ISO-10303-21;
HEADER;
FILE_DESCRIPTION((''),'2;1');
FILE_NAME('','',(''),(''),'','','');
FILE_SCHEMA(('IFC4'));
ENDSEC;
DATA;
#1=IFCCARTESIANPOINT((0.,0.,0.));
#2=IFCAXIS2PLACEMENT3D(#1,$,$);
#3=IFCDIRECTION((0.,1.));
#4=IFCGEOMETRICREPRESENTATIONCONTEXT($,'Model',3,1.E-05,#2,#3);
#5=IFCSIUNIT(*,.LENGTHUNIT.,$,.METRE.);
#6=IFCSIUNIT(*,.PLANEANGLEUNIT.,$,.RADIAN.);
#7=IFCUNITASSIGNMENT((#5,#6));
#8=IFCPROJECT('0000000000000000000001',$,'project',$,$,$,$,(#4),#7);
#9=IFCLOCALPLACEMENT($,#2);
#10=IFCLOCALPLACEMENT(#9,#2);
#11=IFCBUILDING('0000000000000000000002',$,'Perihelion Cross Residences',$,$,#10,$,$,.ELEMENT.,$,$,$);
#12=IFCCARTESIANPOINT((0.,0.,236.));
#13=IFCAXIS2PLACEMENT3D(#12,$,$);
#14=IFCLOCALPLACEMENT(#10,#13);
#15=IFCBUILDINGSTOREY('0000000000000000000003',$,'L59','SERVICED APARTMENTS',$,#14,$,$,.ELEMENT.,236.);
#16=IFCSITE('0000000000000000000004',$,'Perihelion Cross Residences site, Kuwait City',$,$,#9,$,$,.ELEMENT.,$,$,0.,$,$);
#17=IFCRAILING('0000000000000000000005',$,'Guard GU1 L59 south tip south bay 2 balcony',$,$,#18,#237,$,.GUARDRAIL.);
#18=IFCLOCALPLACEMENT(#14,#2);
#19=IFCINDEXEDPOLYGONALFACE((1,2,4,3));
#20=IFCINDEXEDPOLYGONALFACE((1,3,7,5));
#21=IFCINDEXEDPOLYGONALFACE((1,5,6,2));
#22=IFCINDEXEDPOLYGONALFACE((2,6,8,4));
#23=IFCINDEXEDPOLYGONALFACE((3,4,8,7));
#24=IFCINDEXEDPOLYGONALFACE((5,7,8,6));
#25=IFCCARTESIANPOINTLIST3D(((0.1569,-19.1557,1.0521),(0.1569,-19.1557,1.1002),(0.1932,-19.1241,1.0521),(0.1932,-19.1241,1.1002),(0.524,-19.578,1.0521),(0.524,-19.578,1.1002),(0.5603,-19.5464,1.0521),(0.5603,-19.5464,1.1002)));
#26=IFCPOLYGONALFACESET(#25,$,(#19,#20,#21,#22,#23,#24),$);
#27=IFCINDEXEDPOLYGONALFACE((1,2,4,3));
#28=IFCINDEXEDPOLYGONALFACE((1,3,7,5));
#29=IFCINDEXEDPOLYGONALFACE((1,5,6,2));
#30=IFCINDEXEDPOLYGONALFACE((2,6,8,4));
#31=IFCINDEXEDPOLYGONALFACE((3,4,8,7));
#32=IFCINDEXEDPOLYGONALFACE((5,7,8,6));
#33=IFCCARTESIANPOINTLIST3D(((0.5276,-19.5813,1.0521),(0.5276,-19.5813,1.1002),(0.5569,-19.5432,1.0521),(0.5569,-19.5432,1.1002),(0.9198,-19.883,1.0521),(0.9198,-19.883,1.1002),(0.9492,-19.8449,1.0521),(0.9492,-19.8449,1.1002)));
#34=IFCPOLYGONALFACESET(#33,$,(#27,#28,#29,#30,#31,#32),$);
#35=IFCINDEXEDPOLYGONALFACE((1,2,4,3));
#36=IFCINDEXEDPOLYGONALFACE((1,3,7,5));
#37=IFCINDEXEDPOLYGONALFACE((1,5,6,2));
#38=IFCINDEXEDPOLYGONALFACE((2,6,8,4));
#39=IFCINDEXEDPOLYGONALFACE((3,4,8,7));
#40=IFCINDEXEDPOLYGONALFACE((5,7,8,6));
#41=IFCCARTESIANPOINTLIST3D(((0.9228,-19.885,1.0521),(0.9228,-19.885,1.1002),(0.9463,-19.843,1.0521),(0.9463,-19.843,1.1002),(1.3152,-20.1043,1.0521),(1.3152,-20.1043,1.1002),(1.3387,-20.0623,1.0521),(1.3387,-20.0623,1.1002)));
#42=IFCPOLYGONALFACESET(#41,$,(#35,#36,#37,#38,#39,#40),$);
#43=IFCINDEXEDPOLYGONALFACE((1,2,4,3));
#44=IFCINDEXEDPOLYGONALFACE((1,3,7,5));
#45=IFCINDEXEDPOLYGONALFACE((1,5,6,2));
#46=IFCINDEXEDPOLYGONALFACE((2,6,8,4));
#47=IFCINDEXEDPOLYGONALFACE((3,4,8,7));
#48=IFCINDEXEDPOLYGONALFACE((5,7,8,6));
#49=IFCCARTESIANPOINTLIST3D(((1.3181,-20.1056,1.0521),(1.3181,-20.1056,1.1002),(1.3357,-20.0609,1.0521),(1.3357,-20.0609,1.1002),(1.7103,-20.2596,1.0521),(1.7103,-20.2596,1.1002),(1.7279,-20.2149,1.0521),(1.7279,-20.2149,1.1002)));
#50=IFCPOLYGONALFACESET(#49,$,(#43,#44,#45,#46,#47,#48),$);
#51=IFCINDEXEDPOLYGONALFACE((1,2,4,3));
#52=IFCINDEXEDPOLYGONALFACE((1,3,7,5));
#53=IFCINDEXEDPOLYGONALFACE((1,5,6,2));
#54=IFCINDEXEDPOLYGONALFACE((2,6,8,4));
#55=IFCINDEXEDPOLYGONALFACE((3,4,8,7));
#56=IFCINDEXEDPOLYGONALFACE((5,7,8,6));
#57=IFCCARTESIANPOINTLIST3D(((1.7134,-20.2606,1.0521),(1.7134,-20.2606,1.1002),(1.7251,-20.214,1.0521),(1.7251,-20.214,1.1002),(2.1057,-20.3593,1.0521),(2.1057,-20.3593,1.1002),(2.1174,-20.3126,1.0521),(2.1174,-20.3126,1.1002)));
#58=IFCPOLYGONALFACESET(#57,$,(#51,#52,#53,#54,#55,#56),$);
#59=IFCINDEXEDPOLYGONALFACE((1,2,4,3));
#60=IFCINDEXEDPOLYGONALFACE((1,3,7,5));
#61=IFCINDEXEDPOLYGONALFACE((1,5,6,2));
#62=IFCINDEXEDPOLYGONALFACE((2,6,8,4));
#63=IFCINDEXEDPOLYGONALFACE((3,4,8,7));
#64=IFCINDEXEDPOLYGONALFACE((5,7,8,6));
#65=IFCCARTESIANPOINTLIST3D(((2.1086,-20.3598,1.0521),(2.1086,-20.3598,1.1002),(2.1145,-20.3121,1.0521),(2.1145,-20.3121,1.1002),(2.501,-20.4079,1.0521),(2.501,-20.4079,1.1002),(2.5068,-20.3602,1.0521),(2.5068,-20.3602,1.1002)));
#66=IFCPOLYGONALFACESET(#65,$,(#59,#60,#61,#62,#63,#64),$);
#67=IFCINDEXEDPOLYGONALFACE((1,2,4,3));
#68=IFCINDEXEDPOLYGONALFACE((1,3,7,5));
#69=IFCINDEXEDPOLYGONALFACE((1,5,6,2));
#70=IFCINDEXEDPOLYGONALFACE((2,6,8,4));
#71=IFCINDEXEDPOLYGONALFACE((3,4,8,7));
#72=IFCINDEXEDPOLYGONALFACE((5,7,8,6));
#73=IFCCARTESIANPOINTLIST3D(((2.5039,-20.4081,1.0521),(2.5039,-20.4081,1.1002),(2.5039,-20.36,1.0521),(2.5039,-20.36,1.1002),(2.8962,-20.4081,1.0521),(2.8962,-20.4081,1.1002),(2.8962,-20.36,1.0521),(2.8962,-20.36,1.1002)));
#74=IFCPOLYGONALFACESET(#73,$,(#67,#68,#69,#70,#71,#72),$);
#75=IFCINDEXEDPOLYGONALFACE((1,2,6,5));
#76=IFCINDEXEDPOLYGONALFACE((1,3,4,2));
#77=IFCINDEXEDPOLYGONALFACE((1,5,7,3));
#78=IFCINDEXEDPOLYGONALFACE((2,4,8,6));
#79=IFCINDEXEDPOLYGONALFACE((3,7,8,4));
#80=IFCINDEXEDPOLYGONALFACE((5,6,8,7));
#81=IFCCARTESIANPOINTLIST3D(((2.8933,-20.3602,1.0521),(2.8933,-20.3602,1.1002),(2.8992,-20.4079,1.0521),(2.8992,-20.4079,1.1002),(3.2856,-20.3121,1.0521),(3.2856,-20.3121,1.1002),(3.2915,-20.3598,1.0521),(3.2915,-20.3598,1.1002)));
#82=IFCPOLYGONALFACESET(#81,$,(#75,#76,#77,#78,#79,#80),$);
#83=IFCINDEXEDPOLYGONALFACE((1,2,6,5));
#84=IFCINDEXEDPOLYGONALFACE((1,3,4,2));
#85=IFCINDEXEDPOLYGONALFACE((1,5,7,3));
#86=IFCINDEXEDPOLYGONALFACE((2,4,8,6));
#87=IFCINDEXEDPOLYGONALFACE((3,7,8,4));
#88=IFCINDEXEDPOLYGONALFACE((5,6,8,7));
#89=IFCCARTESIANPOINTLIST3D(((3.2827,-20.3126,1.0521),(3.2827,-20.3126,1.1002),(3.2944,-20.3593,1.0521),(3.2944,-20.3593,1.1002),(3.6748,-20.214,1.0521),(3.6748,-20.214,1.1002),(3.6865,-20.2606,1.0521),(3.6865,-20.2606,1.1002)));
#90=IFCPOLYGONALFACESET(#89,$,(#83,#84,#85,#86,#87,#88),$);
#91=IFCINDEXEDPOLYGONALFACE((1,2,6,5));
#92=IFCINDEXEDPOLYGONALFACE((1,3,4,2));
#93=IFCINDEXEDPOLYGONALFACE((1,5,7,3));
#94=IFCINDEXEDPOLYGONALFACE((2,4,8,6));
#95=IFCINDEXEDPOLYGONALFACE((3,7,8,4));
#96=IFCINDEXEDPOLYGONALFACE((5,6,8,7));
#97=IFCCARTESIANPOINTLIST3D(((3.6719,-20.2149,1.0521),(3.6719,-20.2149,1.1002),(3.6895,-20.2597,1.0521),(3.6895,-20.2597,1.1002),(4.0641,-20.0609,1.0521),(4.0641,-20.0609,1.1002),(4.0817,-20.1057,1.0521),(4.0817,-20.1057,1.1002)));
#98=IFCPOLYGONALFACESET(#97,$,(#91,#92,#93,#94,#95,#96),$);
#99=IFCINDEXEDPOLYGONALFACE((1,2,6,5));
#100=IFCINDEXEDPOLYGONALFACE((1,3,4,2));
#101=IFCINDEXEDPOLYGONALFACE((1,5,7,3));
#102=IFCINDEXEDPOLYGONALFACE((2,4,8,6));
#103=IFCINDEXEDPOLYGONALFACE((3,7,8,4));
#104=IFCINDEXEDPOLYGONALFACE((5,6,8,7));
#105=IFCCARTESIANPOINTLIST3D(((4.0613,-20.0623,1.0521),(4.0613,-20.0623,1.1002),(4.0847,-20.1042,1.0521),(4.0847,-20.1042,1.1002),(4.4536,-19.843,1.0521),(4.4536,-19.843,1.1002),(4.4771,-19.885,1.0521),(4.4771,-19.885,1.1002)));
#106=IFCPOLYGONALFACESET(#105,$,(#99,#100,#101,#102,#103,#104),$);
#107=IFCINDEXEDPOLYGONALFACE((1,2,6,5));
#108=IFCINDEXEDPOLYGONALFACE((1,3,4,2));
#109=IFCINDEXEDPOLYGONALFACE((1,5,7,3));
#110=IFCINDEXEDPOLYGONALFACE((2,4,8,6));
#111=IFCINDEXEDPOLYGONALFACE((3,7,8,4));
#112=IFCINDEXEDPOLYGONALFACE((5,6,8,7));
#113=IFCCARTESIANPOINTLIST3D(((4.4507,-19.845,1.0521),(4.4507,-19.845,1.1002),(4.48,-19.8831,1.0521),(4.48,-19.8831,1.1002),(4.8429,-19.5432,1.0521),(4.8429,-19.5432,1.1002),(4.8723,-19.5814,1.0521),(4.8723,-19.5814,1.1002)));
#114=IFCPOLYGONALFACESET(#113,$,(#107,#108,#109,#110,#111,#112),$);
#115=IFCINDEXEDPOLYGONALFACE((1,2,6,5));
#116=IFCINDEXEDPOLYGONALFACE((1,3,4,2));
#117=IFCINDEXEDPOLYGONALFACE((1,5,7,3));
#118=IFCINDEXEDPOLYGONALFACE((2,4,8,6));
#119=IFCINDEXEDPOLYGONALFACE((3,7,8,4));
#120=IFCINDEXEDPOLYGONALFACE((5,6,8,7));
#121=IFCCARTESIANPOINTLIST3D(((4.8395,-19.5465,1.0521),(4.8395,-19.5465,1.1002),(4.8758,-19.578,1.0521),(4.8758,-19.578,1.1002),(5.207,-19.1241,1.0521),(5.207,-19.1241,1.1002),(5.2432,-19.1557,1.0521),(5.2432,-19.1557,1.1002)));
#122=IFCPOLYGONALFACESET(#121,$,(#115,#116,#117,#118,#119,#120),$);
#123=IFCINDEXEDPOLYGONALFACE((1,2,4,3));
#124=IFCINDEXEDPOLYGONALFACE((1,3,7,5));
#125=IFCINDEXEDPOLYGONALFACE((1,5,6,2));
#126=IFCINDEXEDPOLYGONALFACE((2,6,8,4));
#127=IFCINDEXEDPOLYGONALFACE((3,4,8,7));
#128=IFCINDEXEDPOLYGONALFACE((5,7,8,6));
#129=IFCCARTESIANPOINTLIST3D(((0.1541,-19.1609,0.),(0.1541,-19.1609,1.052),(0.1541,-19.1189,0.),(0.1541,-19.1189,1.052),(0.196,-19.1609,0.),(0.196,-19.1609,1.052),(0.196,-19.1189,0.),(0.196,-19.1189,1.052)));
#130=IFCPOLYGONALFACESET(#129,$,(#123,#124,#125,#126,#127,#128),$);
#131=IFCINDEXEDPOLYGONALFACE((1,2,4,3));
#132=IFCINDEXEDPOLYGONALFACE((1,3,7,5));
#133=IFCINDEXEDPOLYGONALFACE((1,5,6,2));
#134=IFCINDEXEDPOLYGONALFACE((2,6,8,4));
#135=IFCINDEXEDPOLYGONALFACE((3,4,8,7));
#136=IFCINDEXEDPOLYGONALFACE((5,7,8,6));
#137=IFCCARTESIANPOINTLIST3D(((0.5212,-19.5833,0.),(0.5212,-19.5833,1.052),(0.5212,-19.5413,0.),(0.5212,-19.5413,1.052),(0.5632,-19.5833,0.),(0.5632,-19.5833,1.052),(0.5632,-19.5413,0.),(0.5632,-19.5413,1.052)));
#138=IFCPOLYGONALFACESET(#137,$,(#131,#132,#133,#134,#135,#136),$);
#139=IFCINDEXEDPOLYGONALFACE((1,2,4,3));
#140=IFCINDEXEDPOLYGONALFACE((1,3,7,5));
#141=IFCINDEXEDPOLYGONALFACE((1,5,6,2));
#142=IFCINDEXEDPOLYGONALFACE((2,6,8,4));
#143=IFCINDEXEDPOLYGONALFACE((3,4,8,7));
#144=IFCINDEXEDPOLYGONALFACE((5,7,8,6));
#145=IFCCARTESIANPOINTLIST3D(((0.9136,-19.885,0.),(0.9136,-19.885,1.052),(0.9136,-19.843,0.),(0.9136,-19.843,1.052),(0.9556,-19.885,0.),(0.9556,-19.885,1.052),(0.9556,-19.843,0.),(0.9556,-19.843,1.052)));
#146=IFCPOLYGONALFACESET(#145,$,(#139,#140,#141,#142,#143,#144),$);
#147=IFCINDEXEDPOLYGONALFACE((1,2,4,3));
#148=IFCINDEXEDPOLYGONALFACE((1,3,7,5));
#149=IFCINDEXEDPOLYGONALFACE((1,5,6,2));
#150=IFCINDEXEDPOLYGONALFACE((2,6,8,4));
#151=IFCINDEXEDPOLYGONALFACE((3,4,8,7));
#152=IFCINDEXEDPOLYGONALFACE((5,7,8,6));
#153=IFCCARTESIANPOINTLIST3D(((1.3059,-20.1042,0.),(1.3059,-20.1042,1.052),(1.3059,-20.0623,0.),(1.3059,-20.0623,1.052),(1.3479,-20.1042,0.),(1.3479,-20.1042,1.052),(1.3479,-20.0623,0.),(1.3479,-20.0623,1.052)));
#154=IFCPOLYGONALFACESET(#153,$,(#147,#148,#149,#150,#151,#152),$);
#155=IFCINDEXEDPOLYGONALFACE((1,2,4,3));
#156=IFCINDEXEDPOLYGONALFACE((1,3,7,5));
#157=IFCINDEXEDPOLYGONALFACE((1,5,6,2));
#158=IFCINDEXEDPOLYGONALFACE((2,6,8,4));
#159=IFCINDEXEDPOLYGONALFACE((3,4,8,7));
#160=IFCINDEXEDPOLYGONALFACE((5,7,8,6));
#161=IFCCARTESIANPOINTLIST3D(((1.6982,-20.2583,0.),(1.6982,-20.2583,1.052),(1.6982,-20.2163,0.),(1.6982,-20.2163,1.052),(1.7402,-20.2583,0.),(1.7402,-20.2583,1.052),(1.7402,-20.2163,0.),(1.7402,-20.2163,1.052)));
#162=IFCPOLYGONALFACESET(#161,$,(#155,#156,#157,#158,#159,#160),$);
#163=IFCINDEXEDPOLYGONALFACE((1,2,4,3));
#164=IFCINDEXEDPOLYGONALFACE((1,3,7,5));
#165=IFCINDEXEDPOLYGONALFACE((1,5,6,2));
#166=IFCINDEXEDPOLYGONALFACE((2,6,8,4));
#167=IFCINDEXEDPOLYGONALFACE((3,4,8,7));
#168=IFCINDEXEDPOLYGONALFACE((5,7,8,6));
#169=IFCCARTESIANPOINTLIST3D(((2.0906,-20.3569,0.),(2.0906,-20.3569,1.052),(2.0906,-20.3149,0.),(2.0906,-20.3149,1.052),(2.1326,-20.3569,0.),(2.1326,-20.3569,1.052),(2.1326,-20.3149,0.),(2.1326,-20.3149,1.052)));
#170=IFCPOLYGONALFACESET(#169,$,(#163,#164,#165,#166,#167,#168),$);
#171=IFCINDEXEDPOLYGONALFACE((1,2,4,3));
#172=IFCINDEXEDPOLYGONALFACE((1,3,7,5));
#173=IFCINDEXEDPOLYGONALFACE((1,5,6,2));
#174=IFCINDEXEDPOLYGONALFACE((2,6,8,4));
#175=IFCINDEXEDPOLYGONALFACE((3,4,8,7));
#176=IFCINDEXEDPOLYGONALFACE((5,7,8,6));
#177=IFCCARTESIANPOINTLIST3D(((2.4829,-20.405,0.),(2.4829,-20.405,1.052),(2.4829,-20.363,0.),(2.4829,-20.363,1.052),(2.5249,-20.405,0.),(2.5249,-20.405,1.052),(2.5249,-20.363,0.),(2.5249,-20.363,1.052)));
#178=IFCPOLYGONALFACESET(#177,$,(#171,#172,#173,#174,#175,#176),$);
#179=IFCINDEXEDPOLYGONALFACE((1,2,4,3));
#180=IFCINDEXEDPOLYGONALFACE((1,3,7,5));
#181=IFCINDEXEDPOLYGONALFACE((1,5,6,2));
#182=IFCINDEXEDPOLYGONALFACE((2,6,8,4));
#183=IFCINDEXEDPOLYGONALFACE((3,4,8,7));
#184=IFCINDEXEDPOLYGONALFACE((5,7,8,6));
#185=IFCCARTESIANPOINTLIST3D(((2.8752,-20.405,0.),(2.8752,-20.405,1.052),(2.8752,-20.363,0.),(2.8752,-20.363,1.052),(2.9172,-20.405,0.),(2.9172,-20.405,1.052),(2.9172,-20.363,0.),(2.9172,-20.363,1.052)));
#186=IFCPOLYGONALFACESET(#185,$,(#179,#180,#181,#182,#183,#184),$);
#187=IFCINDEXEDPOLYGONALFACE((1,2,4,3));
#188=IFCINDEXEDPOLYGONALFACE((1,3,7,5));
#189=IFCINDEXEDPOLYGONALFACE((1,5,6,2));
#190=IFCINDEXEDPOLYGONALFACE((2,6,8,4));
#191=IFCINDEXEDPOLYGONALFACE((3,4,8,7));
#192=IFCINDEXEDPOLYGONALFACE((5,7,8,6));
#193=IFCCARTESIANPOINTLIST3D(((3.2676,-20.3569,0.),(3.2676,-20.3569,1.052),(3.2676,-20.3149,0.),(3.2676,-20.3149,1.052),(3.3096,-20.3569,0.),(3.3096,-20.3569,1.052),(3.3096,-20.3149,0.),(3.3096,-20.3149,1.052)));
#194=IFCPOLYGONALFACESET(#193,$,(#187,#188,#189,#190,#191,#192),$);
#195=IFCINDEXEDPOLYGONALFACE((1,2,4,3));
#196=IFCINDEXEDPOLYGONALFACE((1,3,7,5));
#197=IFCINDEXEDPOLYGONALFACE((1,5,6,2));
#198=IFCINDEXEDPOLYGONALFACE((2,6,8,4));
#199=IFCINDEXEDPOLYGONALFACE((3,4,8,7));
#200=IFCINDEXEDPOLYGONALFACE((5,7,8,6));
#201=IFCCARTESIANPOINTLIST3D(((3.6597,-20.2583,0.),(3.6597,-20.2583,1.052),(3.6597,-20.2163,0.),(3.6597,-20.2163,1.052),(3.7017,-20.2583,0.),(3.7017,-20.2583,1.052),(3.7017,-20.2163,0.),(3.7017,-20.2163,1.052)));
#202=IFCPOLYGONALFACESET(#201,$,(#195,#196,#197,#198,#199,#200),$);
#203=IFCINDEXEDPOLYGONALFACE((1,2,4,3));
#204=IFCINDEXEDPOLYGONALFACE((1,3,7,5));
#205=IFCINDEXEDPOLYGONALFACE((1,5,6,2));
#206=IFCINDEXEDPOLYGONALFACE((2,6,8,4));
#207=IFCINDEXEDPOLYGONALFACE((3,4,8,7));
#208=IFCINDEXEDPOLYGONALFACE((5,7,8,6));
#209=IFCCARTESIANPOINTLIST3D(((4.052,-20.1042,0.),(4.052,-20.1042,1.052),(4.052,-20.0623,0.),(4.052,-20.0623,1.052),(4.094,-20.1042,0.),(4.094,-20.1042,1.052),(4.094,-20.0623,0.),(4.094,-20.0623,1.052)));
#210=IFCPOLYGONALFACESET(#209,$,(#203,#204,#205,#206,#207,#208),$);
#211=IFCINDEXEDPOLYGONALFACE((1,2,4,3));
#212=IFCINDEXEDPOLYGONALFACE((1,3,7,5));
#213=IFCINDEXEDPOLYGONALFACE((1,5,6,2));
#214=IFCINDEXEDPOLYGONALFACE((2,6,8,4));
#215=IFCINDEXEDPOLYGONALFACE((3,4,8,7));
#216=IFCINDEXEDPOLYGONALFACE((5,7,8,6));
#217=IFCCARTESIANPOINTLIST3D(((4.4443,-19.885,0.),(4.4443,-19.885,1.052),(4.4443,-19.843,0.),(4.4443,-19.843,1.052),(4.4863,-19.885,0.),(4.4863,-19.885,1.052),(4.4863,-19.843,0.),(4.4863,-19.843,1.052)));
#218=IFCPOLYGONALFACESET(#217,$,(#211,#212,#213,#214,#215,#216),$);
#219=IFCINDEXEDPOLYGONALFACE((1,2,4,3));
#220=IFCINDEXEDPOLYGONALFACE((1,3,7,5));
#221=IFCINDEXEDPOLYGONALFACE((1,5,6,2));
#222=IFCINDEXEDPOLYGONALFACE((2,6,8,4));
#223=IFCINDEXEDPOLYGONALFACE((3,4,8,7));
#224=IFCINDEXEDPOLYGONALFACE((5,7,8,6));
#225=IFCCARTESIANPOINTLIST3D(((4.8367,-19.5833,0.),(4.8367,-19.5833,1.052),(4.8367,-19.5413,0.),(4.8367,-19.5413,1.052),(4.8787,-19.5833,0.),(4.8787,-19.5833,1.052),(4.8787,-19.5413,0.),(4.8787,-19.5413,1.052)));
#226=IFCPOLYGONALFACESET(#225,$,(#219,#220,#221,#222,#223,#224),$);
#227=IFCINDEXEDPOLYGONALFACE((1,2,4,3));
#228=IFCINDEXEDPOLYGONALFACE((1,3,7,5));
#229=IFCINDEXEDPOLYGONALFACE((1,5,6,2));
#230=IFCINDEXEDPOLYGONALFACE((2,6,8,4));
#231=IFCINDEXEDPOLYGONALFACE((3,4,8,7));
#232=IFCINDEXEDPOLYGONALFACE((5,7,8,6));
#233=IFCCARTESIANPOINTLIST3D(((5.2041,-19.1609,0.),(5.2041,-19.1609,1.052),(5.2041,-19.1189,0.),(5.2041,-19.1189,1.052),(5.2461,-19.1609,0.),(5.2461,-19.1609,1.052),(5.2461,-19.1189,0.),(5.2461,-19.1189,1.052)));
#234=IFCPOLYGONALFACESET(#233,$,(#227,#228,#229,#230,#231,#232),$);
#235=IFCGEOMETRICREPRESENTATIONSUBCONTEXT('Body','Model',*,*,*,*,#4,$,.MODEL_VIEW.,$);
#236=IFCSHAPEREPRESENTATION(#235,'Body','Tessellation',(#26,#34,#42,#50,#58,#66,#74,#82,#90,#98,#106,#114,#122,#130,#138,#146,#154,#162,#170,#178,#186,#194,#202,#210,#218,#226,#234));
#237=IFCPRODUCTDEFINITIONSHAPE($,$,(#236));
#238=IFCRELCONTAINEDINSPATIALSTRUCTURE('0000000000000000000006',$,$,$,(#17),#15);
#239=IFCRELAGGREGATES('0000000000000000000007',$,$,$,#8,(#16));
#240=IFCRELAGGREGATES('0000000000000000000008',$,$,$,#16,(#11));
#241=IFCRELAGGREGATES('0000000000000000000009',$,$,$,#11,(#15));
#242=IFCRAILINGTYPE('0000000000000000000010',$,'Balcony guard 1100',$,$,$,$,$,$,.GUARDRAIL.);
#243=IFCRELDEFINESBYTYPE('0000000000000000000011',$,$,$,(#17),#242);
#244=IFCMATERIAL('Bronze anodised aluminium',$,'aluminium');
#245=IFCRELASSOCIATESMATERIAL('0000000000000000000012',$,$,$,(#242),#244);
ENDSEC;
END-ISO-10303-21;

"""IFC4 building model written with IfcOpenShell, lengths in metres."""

from ifc_helpers import new_model, si_unit, direction, frame, origin, origin_2d, place, context, subcontext, project, spatial, rectangle, extrude, material, type_object, element, save


model = new_model("IFC4")

# Units and contexts
model_context = context("Model", 3, precision=1e-05, world=origin(), true_north=direction((0.0, 1.0)))
body_context = subcontext(model_context, "Body", "Model", "MODEL_VIEW")
ifc_project = project(units=[si_unit("LENGTHUNIT", "METRE"), si_unit("PLANEANGLEUNIT", "RADIAN")], contexts=[model_context])

# Site, building, storey
site_placement = place(None, origin())
site = spatial("IfcSite", under=ifc_project, at=site_placement, Name="Perihelion Cross Residences site, Kuwait City", CompositionType="ELEMENT", RefElevation=0.0)
building_placement = place(site_placement, origin())
building = spatial("IfcBuilding", under=site, at=building_placement, Name="Perihelion Cross Residences", CompositionType="ELEMENT")
storey_placement = place(building_placement, frame((0.0, 0.0, 236.0)))
storey = spatial("IfcBuildingStorey", under=building, at=storey_placement, Name="L59", Description="SERVICED APARTMENTS", CompositionType="ELEMENT", Elevation=236.0)

# Railing
ifc_material_1 = material(Name="Bronze anodised aluminium", Category="aluminium")
railing_type = type_object("IfcRailingType", Name="Balcony guard 1100", PredefinedType="GUARDRAIL", material=ifc_material_1)
railing_placement = place(storey_placement, frame((0.175, -19.1399, 0.0)))
element("IfcRailing", 1, at=railing_placement, inside=storey, type_object=railing_type, Name="Guard GU1 L59 south tip south bay 2 balcony", PredefinedType="GUARDRAIL", context=body_context, shape_type="SweptSolid", body=[
    extrude(rectangle(XDim=0.0481, YDim=0.0481, at=origin_2d()), frame((0.0, 0.0, 1.0762), z_axis=(0.656092, -0.754681, 0.0), x_axis=(0.754681, 0.656092, 0.0)), (0.0, 0.0, 1.0), 0.5596),
    extrude(rectangle(XDim=0.0481, YDim=0.0481, at=origin_2d()), frame((0.3672, -0.4224, 1.0762), z_axis=(0.792661, -0.609663, 0.0), x_axis=(0.609663, 0.792661, 0.0)), (0.0, 0.0, 1.0), 0.4949),
    extrude(rectangle(XDim=0.0481, YDim=0.0481, at=origin_2d()), frame((0.7595, -0.7241, 1.0762), z_axis=(0.87295, -0.487809, 0.0), x_axis=(0.487809, 0.87295, 0.0)), (0.0, 0.0, 1.0), 0.4495),
    extrude(rectangle(XDim=0.0481, YDim=0.0481, at=origin_2d()), frame((1.1519, -0.9434, 1.0762), z_axis=(0.930815, -0.365491, 0.0), x_axis=(0.365491, 0.930815, 0.0)), (0.0, 0.0, 1.0), 0.4214),
    extrude(rectangle(XDim=0.0481, YDim=0.0481, at=origin_2d()), frame((1.5442, -1.0974, 1.0762), z_axis=(0.969822, -0.243813, 0.0), x_axis=(0.243813, 0.969822, 0.0)), (0.0, 0.0, 1.0), 0.4045),
    extrude(rectangle(XDim=0.0481, YDim=0.0481, at=origin_2d()), frame((1.9365, -1.196, 1.0762), z_axis=(0.99257, -0.121678, 0.0), x_axis=(0.121678, 0.99257, 0.0)), (0.0, 0.0, 1.0), 0.3953),
    extrude(rectangle(XDim=0.0481, YDim=0.0481, at=origin_2d()), frame((2.3289, -1.2441, 1.0762), z_axis=(1.0, 0.0, 0.0), x_axis=(0.0, 1.0, 0.0)), (0.0, 0.0, 1.0), 0.3923),
    extrude(rectangle(XDim=0.0481, YDim=0.0481, at=origin_2d()), frame((2.7212, -1.2441, 1.0762), z_axis=(0.99257, 0.121678, 0.0), x_axis=(-0.121678, 0.99257, 0.0)), (0.0, 0.0, 1.0), 0.3953),
    extrude(rectangle(XDim=0.0481, YDim=0.0481, at=origin_2d()), frame((3.1135, -1.196, 1.0762), z_axis=(0.969786, 0.243956, 0.0), x_axis=(-0.243956, 0.969786, 0.0)), (0.0, 0.0, 1.0), 0.4043),
    extrude(rectangle(XDim=0.0481, YDim=0.0481, at=origin_2d()), frame((3.5056, -1.0974, 1.0762), z_axis=(0.930815, 0.365491, 0.0), x_axis=(-0.365491, 0.930815, 0.0)), (0.0, 0.0, 1.0), 0.4214),
    extrude(rectangle(XDim=0.0481, YDim=0.0481, at=origin_2d()), frame((3.8979, -0.9434, 1.0762), z_axis=(0.87295, 0.487809, 0.0), x_axis=(-0.487809, 0.87295, 0.0)), (0.0, 0.0, 1.0), 0.4495),
    extrude(rectangle(XDim=0.0481, YDim=0.0481, at=origin_2d()), frame((4.2903, -0.7241, 1.0762), z_axis=(0.792661, 0.609663, 0.0), x_axis=(-0.609663, 0.792661, 0.0)), (0.0, 0.0, 1.0), 0.4949),
    extrude(rectangle(XDim=0.0481, YDim=0.0481, at=origin_2d()), frame((4.6826, -0.4224, 1.0762), z_axis=(0.656341, 0.754465, 0.0), x_axis=(-0.754465, 0.656341, 0.0)), (0.0, 0.0, 1.0), 0.5598),
    extrude(rectangle(XDim=0.042, YDim=0.042, at=origin_2d()), origin(), (0.0, 0.0, 1.0), 1.052),
    extrude(rectangle(XDim=0.042, YDim=0.042, at=origin_2d()), frame((0.3672, -0.4224, 0.0)), (0.0, 0.0, 1.0), 1.052),
    extrude(rectangle(XDim=0.042, YDim=0.042, at=origin_2d()), frame((0.7595, -0.7241, 0.0)), (0.0, 0.0, 1.0), 1.052),
    extrude(rectangle(XDim=0.042, YDim=0.042, at=origin_2d()), frame((1.1519, -0.9434, 0.0)), (0.0, 0.0, 1.0), 1.052),
    extrude(rectangle(XDim=0.042, YDim=0.042, at=origin_2d()), frame((1.5442, -1.0974, 0.0)), (0.0, 0.0, 1.0), 1.052),
    extrude(rectangle(XDim=0.042, YDim=0.042, at=origin_2d()), frame((1.9365, -1.196, 0.0)), (0.0, 0.0, 1.0), 1.052),
    extrude(rectangle(XDim=0.042, YDim=0.042, at=origin_2d()), frame((2.3289, -1.2441, 0.0)), (0.0, 0.0, 1.0), 1.052),
    extrude(rectangle(XDim=0.042, YDim=0.042, at=origin_2d()), frame((2.7212, -1.2441, 0.0)), (0.0, 0.0, 1.0), 1.052),
    extrude(rectangle(XDim=0.042, YDim=0.042, at=origin_2d()), frame((3.1135, -1.196, 0.0)), (0.0, 0.0, 1.0), 1.052),
    extrude(rectangle(XDim=0.042, YDim=0.042, at=origin_2d()), frame((3.5056, -1.0974, 0.0)), (0.0, 0.0, 1.0), 1.052),
    extrude(rectangle(XDim=0.042, YDim=0.042, at=origin_2d()), frame((3.8979, -0.9434, 0.0)), (0.0, 0.0, 1.0), 1.052),
    extrude(rectangle(XDim=0.042, YDim=0.042, at=origin_2d()), frame((4.2903, -0.7241, 0.0)), (0.0, 0.0, 1.0), 1.052),
    extrude(rectangle(XDim=0.042, YDim=0.042, at=origin_2d()), frame((4.6826, -0.4224, 0.0)), (0.0, 0.0, 1.0), 1.052),
    extrude(rectangle(XDim=0.042, YDim=0.042, at=origin_2d()), frame((5.05, 0.0, 0.0)), (0.0, 0.0, 1.0), 1.052),
])

save(model, "model.ifc")
